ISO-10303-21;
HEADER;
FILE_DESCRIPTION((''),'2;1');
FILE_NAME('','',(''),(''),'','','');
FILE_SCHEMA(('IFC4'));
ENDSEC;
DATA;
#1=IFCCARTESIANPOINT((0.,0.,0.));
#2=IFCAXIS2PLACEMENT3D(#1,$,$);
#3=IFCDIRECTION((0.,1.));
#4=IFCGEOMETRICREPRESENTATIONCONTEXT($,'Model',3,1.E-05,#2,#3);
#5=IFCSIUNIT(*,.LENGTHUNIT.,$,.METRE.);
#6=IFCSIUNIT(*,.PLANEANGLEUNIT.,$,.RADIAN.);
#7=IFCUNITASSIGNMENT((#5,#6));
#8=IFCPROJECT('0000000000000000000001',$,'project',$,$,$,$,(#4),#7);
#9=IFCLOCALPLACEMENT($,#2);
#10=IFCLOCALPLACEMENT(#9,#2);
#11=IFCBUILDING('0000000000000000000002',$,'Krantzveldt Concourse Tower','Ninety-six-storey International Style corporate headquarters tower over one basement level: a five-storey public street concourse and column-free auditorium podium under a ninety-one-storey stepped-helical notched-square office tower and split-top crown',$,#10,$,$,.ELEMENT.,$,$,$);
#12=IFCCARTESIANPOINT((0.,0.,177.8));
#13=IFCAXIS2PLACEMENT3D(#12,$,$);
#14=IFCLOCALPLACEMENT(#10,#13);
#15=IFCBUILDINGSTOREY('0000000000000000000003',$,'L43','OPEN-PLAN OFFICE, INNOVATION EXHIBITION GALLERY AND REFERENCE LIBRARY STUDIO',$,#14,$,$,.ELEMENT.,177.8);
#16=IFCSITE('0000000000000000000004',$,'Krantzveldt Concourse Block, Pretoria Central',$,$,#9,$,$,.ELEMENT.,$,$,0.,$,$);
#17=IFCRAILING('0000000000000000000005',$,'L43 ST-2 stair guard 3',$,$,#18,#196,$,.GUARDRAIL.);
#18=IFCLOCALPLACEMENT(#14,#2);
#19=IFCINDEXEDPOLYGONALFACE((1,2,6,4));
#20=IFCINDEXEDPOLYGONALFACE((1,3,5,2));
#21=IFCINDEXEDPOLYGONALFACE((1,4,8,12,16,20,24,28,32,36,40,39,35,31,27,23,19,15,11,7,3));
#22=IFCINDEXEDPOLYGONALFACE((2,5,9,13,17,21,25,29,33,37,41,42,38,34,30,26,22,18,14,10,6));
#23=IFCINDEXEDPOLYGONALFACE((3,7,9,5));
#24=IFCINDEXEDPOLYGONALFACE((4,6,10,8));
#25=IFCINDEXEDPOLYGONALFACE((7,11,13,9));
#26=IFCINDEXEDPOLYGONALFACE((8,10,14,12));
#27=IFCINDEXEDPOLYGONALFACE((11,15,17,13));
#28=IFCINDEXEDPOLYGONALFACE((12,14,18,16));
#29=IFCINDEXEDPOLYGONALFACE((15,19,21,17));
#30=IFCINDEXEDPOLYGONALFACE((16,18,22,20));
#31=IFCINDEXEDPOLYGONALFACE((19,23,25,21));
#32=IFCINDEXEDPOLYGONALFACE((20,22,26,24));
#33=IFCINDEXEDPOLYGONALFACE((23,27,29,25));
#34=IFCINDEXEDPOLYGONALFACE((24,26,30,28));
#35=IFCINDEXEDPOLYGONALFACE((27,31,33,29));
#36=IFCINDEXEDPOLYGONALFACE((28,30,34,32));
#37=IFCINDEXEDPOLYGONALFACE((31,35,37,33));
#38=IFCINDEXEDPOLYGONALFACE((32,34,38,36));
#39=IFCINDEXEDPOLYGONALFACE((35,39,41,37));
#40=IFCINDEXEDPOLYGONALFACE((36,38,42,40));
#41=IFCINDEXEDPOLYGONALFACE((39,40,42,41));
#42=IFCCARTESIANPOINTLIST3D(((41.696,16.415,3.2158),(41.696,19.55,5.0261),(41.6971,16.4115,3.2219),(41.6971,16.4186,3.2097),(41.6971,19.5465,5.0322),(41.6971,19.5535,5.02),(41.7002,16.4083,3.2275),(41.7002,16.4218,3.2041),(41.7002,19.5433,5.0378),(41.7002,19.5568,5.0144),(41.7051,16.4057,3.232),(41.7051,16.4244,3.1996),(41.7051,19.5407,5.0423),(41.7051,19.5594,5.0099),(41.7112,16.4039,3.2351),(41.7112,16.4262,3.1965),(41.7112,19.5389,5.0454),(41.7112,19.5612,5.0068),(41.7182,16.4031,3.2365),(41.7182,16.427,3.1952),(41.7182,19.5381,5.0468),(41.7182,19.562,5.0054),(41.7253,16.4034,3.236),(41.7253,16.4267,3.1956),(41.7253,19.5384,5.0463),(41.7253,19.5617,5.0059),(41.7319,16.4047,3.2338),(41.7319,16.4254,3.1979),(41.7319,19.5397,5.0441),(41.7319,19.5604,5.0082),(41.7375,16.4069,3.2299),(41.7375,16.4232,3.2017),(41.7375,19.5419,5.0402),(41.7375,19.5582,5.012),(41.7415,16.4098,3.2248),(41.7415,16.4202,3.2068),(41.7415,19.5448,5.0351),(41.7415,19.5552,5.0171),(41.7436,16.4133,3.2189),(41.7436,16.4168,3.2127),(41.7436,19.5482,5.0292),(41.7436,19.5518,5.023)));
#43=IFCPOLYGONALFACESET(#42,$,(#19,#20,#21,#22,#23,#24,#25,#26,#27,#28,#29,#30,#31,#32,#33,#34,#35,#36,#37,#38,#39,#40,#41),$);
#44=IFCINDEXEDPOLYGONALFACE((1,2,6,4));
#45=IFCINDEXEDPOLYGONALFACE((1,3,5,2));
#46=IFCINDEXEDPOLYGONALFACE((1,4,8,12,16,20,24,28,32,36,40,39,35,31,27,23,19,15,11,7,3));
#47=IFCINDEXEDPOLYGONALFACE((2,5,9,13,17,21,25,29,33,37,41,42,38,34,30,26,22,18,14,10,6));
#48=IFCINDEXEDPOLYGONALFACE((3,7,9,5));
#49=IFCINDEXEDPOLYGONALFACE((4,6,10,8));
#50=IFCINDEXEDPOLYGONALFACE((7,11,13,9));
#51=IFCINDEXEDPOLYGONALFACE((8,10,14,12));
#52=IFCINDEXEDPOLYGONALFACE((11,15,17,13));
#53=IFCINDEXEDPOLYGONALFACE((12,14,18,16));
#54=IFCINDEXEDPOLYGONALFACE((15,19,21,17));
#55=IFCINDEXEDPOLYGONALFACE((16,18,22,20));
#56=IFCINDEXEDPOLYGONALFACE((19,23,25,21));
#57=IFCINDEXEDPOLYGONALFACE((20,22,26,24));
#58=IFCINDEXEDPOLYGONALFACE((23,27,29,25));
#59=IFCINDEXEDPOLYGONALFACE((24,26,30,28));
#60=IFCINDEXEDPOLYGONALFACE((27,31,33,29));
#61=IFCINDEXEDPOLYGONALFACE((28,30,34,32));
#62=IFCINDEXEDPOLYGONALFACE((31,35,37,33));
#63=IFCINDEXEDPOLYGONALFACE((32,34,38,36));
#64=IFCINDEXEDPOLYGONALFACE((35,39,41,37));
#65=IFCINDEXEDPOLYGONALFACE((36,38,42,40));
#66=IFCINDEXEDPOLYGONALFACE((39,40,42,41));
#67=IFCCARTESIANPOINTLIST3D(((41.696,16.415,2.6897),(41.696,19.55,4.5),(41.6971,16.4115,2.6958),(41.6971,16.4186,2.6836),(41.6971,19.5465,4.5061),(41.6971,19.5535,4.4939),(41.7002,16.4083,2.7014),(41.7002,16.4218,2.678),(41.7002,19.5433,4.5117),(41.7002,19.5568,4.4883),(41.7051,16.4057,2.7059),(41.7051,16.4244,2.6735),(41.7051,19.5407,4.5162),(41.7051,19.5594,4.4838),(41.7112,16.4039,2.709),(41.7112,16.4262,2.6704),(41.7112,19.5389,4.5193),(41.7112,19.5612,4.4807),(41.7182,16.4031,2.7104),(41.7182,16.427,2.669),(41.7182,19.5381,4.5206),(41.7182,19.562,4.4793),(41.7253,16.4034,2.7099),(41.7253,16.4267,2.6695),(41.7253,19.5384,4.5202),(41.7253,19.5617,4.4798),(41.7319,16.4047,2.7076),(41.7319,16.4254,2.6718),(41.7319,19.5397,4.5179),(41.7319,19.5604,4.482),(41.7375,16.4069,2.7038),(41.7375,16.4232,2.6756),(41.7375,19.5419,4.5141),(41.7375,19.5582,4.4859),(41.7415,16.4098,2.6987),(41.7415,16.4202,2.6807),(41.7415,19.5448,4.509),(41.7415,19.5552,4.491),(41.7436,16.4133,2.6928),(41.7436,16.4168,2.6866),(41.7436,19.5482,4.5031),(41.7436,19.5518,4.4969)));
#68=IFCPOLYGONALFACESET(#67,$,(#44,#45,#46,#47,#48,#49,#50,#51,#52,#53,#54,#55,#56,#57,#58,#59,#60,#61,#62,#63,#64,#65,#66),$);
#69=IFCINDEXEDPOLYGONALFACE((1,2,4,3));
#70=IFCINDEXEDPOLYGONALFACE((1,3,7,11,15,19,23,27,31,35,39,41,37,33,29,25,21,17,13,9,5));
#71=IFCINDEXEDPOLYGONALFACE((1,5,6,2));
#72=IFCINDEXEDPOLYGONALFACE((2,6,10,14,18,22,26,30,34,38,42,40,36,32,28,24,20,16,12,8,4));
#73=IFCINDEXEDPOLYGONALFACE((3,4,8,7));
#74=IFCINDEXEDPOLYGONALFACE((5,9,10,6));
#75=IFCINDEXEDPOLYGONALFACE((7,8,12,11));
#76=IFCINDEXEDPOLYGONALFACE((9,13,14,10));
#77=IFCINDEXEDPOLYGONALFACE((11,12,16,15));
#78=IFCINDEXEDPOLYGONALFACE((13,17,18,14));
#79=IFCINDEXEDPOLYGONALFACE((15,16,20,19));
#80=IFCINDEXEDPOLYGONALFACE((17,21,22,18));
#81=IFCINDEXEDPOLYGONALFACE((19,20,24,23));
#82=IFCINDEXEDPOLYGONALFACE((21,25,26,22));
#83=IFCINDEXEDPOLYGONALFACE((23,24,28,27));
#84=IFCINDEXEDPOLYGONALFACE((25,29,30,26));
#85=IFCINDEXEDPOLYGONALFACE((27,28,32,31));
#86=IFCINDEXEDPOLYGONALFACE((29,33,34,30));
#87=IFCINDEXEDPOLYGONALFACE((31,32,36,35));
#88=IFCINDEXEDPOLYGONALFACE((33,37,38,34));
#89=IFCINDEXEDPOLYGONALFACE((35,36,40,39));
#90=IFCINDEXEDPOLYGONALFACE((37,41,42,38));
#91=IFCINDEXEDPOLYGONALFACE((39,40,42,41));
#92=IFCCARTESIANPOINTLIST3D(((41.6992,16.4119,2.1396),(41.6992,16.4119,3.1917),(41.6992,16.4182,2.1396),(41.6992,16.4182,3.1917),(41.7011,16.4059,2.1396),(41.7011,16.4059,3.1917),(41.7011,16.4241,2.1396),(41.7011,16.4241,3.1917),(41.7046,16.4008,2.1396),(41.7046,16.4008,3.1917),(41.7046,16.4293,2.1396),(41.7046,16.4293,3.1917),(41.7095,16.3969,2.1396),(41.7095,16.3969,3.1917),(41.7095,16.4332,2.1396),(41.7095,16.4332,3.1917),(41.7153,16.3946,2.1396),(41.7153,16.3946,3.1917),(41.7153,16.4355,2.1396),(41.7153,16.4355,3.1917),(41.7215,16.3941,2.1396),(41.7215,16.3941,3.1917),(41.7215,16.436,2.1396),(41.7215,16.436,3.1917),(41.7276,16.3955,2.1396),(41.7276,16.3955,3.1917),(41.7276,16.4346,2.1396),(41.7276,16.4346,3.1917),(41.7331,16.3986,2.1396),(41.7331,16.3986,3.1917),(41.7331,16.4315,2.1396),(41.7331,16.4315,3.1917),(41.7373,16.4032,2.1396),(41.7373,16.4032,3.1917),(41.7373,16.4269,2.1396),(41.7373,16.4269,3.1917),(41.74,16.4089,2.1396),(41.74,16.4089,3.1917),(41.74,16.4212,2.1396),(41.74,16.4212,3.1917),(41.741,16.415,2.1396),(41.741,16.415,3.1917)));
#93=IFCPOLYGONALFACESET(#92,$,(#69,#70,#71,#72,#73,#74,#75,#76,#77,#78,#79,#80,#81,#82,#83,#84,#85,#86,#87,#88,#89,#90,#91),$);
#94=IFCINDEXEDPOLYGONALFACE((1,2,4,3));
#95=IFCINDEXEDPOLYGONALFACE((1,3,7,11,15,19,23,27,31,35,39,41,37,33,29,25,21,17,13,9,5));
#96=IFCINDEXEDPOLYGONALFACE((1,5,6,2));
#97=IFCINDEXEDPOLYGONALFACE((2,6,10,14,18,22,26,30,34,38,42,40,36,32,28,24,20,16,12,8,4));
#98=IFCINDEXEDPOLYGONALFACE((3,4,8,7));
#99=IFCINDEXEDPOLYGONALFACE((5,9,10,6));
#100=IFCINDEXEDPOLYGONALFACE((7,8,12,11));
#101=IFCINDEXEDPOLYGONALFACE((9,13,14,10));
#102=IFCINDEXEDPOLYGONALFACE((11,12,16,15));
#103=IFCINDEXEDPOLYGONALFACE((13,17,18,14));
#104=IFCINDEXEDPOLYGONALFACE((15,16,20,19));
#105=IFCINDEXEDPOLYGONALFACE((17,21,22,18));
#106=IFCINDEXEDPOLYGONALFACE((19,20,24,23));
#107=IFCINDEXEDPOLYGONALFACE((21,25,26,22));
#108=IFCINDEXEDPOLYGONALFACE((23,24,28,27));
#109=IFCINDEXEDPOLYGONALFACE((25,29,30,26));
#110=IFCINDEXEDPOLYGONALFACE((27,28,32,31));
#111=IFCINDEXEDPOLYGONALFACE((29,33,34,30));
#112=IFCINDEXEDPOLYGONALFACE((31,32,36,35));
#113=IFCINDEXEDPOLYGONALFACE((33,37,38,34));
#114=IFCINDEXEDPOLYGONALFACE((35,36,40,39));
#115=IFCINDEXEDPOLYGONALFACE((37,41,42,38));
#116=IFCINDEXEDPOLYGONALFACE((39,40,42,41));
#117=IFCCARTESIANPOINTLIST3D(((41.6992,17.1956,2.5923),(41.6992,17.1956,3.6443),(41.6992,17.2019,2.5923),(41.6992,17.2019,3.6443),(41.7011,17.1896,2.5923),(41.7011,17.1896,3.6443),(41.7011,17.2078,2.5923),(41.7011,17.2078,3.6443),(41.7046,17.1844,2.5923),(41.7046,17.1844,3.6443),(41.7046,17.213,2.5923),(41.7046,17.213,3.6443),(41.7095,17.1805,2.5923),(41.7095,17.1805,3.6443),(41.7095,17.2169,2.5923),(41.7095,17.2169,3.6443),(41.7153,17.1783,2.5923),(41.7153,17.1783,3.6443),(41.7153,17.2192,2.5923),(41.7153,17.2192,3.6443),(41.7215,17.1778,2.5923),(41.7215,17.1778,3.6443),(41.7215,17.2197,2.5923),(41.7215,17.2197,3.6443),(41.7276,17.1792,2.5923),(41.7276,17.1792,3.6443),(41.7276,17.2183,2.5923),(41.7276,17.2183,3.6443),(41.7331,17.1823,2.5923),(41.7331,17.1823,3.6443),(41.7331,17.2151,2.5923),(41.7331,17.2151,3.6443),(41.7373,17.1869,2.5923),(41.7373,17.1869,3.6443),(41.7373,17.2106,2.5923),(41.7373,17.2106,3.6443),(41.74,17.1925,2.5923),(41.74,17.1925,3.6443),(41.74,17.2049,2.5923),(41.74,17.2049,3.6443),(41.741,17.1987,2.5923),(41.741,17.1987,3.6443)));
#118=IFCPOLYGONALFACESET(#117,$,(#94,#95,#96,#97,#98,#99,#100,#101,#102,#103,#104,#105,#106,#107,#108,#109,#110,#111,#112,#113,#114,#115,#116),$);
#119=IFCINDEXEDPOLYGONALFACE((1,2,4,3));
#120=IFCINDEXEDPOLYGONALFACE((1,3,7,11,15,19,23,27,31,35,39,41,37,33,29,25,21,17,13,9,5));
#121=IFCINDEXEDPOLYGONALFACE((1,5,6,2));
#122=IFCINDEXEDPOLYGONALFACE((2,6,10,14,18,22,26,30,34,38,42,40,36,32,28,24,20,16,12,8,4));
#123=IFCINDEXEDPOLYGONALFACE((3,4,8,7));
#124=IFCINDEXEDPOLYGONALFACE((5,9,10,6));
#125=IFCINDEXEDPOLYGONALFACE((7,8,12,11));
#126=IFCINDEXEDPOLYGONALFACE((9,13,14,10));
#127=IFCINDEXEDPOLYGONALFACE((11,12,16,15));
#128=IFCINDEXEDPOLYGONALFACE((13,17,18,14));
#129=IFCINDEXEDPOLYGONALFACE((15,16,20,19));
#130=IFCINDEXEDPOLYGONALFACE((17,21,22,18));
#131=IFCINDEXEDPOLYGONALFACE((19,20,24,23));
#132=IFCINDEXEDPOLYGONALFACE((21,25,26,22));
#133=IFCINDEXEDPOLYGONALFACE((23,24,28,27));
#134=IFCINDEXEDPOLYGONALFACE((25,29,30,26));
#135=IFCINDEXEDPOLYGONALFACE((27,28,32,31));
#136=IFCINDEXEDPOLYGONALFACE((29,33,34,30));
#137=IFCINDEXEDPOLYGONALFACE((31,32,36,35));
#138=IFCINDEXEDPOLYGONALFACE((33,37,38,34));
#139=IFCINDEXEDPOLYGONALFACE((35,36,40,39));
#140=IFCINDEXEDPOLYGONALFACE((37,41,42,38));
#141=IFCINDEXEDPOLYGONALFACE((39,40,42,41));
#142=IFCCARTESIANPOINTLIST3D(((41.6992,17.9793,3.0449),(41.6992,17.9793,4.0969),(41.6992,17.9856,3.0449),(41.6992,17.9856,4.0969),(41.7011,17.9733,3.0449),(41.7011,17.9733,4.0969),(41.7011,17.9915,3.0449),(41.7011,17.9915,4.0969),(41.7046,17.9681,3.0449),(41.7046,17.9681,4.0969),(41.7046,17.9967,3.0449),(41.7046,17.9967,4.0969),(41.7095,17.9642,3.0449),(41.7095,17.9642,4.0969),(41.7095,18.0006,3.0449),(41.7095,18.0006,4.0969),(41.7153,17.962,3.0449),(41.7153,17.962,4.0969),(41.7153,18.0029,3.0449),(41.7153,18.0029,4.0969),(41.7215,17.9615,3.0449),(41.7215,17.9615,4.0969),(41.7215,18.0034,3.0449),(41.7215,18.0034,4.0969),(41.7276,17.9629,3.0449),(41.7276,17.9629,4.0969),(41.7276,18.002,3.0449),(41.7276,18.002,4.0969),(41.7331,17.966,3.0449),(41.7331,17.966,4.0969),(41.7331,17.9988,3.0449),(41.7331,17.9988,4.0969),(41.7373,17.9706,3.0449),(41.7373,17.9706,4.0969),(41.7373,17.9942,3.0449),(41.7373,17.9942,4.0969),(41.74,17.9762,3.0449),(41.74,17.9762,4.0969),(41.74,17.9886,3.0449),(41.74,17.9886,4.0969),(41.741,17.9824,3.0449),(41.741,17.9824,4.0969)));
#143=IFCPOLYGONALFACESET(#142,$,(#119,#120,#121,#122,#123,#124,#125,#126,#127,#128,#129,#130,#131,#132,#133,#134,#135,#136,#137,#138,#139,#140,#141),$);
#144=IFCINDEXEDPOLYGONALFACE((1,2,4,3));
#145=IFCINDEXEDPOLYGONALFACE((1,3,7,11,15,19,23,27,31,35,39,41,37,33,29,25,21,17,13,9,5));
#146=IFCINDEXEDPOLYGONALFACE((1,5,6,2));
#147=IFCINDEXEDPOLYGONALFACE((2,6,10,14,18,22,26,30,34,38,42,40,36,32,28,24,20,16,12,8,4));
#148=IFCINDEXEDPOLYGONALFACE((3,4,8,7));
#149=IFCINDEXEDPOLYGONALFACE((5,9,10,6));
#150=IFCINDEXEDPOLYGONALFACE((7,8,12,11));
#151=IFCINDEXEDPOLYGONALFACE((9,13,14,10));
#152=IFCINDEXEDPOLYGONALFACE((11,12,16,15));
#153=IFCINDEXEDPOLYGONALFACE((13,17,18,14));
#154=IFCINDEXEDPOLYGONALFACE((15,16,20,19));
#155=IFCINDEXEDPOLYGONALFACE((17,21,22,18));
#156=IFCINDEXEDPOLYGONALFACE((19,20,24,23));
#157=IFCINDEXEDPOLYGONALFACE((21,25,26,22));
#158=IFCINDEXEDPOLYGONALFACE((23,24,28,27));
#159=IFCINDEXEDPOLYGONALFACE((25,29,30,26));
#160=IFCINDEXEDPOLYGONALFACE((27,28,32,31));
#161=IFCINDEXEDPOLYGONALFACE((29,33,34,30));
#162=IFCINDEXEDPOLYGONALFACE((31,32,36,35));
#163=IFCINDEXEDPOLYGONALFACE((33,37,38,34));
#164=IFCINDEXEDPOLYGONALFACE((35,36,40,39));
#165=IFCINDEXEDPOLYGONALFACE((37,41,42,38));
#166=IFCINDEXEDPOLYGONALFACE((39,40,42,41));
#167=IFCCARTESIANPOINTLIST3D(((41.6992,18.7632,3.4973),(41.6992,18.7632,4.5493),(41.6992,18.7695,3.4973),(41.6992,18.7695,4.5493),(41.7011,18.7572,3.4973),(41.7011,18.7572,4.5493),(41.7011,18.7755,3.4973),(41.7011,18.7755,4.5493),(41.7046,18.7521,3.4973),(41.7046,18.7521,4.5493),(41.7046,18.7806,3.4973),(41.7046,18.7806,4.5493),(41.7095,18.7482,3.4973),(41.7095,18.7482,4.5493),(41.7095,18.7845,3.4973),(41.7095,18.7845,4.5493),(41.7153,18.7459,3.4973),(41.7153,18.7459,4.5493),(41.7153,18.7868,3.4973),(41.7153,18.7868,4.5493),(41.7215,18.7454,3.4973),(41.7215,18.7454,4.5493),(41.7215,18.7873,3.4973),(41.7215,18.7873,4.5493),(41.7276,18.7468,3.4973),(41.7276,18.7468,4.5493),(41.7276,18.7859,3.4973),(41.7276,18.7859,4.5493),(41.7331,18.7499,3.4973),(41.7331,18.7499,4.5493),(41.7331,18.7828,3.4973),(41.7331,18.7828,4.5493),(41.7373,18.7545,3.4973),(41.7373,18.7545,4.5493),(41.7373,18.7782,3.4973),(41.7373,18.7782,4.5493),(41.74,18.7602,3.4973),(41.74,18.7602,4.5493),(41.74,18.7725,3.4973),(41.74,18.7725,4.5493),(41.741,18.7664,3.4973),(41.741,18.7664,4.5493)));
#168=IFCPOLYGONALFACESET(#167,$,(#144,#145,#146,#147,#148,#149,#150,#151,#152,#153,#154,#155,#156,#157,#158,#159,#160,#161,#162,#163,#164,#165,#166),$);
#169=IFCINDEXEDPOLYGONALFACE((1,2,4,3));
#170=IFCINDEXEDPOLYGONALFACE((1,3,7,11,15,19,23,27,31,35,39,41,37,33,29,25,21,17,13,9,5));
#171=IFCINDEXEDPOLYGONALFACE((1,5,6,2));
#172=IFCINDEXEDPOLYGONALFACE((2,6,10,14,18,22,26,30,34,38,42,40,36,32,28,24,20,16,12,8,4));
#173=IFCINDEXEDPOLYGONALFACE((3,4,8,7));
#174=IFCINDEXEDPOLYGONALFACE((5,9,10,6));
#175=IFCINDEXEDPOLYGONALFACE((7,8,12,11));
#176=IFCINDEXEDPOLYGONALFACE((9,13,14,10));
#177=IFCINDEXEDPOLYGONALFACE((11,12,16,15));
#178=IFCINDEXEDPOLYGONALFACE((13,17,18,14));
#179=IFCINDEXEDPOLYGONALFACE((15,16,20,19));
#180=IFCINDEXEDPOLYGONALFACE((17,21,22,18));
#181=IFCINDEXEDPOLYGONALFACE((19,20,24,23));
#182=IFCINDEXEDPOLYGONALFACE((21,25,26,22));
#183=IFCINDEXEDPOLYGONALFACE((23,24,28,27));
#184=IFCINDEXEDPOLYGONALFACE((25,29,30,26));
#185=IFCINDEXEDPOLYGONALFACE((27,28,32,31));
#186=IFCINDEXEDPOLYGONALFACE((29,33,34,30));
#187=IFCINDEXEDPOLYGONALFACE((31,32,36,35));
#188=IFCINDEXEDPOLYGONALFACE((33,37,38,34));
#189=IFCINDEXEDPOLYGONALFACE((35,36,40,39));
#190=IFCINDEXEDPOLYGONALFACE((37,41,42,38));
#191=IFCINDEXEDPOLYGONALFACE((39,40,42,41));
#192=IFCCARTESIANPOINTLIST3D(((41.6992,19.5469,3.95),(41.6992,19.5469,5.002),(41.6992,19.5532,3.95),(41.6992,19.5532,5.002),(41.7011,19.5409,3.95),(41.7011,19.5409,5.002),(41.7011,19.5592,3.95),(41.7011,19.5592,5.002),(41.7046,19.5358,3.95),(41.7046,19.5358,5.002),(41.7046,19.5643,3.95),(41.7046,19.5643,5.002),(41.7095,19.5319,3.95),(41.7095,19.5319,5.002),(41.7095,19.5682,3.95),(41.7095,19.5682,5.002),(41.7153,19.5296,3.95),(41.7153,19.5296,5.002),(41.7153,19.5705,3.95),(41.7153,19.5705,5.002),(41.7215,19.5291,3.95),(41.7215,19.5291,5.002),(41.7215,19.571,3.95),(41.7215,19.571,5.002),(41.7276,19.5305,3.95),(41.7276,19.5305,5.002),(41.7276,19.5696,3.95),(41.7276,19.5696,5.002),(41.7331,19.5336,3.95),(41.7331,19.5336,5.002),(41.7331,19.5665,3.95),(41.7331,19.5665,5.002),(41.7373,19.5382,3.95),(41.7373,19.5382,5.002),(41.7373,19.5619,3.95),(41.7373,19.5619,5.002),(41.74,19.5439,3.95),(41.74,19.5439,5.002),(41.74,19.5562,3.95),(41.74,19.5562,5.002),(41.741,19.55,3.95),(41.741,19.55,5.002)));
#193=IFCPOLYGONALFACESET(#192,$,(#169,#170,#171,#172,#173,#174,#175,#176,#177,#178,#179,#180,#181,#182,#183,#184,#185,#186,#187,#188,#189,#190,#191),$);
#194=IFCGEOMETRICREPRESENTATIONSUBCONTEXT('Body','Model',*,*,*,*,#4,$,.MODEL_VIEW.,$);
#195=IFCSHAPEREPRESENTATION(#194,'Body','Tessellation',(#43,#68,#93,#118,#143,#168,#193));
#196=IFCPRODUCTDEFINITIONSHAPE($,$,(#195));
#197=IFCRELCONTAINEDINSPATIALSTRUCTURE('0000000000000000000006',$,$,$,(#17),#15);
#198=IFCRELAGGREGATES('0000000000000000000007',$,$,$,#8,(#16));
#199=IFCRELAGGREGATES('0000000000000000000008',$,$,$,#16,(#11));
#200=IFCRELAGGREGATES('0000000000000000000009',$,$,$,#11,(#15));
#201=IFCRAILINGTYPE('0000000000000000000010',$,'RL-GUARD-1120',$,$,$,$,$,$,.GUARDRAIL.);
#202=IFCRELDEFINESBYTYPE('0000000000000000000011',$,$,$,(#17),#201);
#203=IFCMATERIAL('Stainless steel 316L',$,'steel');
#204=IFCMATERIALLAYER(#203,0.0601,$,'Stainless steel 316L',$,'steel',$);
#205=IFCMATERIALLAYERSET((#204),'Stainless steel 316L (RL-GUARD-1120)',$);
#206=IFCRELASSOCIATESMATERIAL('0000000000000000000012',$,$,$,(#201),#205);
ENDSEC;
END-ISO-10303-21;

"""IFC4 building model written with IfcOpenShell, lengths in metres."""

from ifc_helpers import new_model, si_unit, direction, frame, origin, origin_2d, place, context, subcontext, project, spatial, circle, extrude, material, layer, layer_set, type_object, element, save


model = new_model("IFC4")

# Units and contexts
model_context = context("Model", 3, precision=1e-05, world=origin(), true_north=direction((0.0, 1.0)))
body_context = subcontext(model_context, "Body", "Model", "MODEL_VIEW")
ifc_project = project(units=[si_unit("LENGTHUNIT", "METRE"), si_unit("PLANEANGLEUNIT", "RADIAN")], contexts=[model_context])

# Site, building, storey
site_placement = place(None, origin())
site = spatial("IfcSite", under=ifc_project, at=site_placement, Name="Krantzveldt Concourse Block, Pretoria Central", CompositionType="ELEMENT", RefElevation=0.0)
building_placement = place(site_placement, origin())
building = spatial("IfcBuilding", under=site, at=building_placement, Name="Krantzveldt Concourse Tower", Description="Ninety-six-storey International Style corporate headquarters tower over one basement level: a five-storey public street concourse and column-free auditorium podium under a ninety-one-storey stepped-helical notched-square office tower and split-top crown", CompositionType="ELEMENT")
storey_placement = place(building_placement, frame((0.0, 0.0, 177.8)))
storey = spatial("IfcBuildingStorey", under=building, at=storey_placement, Name="L43", Description="OPEN-PLAN OFFICE, INNOVATION EXHIBITION GALLERY AND REFERENCE LIBRARY STUDIO", CompositionType="ELEMENT", Elevation=177.8)

# Shared definitions
ifc_material_1 = material(Name="Stainless steel 316L", Category="steel")

# Railing
ifc_layer_1 = layer(ifc_material_1, 0.0601, Name="Stainless steel 316L", Category="steel")
ifc_layer_set_1 = layer_set([ifc_layer_1], Name="Stainless steel 316L (RL-GUARD-1120)")
railing_type_1 = type_object("IfcRailingType", Name="RL-GUARD-1120", PredefinedType="GUARDRAIL", material=ifc_layer_set_1)
railing_1_placement = place(storey_placement, frame((41.72, 16.415, 2.1396)))
element("IfcRailing", 1, at=railing_1_placement, inside=storey, type_object=railing_type_1, Name="L43 ST-2 stair guard 3", PredefinedType="GUARDRAIL", context=body_context, shape_type="SweptSolid", body=[
    extrude(circle(Radius=0.0239, at=origin_2d()), frame((0.0, 0.0, 1.0762), z_axis=(0.0, 0.865989, 0.500063), x_axis=(-1.0, 0.0, 0.0)), (0.0, 0.0, 1.0), 3.6201),
    extrude(circle(Radius=0.0239, at=origin_2d()), frame((0.0, 0.0, 0.55), z_axis=(0.0, 0.865989, 0.500063), x_axis=(-1.0, 0.0, 0.0)), (0.0, 0.0, 1.0), 3.6201),
    extrude(circle(Radius=0.021, at=origin_2d()), origin(), (0.0, 0.0, 1.0), 1.052),
    extrude(circle(Radius=0.021, at=origin_2d()), frame((0.0, 0.7837, 0.4526)), (0.0, 0.0, 1.0), 1.052),
    extrude(circle(Radius=0.021, at=origin_2d()), frame((0.0, 1.5674, 0.9053)), (0.0, 0.0, 1.0), 1.052),
    extrude(circle(Radius=0.021, at=origin_2d()), frame((0.0, 2.3513, 1.3577)), (0.0, 0.0, 1.0), 1.052),
    extrude(circle(Radius=0.021, at=origin_2d()), frame((0.0, 3.135, 1.8103)), (0.0, 0.0, 1.0), 1.052),
])

save(model, "model.ifc")
